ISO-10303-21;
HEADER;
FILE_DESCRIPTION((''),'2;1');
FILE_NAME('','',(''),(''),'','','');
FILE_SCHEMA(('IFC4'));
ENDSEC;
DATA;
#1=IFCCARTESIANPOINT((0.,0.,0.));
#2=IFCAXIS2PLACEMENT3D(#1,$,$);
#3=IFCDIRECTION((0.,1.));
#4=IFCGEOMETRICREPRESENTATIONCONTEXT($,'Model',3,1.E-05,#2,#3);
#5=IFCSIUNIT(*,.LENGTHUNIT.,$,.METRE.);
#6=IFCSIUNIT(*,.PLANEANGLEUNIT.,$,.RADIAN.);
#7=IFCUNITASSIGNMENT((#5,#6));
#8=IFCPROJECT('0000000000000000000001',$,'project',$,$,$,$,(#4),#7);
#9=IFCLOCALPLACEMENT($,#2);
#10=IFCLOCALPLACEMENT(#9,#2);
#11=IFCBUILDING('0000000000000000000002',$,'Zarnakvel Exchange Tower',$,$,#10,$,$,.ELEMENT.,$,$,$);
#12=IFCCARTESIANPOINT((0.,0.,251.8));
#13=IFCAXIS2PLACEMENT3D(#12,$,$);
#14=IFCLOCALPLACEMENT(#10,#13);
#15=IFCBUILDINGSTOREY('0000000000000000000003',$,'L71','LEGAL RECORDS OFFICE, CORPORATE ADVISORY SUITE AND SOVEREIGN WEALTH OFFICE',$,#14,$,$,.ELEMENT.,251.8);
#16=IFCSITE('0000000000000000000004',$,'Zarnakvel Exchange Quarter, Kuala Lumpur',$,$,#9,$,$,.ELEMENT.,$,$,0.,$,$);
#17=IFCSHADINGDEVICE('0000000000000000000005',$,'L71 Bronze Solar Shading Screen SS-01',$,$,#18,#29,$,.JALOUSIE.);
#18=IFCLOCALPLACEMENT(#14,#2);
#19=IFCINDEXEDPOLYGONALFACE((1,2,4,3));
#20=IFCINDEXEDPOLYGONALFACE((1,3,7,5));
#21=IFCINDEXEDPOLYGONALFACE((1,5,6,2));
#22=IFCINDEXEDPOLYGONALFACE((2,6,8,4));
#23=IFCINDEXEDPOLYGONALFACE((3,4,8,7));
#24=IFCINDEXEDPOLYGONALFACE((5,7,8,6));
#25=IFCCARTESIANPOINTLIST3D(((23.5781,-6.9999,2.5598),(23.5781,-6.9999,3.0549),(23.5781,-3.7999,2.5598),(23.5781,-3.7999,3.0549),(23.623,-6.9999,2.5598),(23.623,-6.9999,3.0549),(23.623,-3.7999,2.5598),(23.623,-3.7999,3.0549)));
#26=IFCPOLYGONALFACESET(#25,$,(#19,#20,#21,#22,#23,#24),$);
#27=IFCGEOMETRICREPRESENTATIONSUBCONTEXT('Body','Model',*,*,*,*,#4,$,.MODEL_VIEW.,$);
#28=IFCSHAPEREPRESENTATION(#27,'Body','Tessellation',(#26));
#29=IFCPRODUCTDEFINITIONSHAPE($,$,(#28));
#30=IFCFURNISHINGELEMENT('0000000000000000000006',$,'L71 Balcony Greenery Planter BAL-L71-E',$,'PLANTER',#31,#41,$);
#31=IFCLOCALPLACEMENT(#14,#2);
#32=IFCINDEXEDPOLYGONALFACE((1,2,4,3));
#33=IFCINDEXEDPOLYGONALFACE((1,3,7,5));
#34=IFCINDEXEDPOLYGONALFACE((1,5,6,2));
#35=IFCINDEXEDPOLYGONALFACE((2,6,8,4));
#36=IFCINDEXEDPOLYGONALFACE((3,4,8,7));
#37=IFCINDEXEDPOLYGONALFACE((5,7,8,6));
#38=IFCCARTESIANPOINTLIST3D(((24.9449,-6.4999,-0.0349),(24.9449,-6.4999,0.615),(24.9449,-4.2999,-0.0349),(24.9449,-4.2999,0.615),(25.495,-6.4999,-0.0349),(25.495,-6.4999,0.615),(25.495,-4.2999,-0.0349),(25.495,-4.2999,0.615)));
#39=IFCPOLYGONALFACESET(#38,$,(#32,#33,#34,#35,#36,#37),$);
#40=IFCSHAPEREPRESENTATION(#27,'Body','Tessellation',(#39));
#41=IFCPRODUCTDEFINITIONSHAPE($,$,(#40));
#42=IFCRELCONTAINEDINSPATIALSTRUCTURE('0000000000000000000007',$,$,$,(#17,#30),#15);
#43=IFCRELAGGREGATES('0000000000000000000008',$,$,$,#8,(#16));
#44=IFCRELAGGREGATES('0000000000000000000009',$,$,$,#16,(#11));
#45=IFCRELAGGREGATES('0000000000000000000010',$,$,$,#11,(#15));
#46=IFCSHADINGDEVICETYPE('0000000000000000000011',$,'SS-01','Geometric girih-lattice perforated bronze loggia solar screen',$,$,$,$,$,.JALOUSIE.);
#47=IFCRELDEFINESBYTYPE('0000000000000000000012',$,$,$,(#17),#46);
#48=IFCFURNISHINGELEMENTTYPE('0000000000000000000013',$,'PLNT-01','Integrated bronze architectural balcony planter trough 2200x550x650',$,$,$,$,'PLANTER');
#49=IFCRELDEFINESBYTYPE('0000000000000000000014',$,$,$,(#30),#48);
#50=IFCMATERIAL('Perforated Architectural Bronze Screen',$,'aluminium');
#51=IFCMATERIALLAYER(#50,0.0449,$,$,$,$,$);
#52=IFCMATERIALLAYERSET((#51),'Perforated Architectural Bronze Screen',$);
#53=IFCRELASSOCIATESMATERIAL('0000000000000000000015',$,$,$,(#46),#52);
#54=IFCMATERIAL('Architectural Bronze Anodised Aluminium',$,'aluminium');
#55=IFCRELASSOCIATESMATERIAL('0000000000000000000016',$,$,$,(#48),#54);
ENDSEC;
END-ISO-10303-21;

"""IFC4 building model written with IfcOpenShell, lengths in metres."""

from ifc_helpers import new_model, si_unit, direction, frame, origin, origin_2d, place, context, subcontext, project, spatial, rectangle, extrude, source, transform, mapped, material, layer, layer_set, type_object, element, save


model = new_model("IFC4")

# Units and contexts
model_context = context("Model", 3, precision=1e-05, world=origin(), true_north=direction((0.0, 1.0)))
body_context = subcontext(model_context, "Body", "Model", "MODEL_VIEW")
ifc_project = project(units=[si_unit("LENGTHUNIT", "METRE"), si_unit("PLANEANGLEUNIT", "RADIAN")], contexts=[model_context])

# Site, building, storey
site_placement = place(None, origin())
site = spatial("IfcSite", under=ifc_project, at=site_placement, Name="Zarnakvel Exchange Quarter, Kuala Lumpur", CompositionType="ELEMENT", RefElevation=0.0)
building_placement = place(site_placement, origin())
building = spatial("IfcBuilding", under=site, at=building_placement, Name="Zarnakvel Exchange Tower", CompositionType="ELEMENT")
storey_placement = place(building_placement, frame((0.0, 0.0, 251.8)))
storey = spatial("IfcBuildingStorey", under=building, at=storey_placement, Name="L71", Description="LEGAL RECORDS OFFICE, CORPORATE ADVISORY SUITE AND SOVEREIGN WEALTH OFFICE", CompositionType="ELEMENT", Elevation=251.8)

# Shared definitions
ifc_material_1 = material(Name="Architectural Bronze Anodised Aluminium", Category="aluminium")

# Shading device
ifc_material_2 = material(Name="Perforated Architectural Bronze Screen", Category="aluminium")
ifc_layer_1 = layer(ifc_material_2, 0.0449)
ifc_layer_set_1 = layer_set([ifc_layer_1], Name="Perforated Architectural Bronze Screen")
shading_device_type = type_object("IfcShadingDeviceType", Name="SS-01", Description="Geometric girih-lattice perforated bronze loggia solar screen", PredefinedType="JALOUSIE", material=ifc_layer_set_1)
shared_shape_1 = source(origin(), body_context, "Body", "SweptSolid", [
    extrude(rectangle(XDim=3.2, YDim=0.0449, at=origin_2d()), origin(), (0.0, 0.0, 1.0), 0.4951),
])
shading_device_placement = place(storey_placement, frame((23.6006, -5.3999, 2.5598), z_axis=(0.0, 0.0, 1.0), x_axis=(0.0, -1.0, 0.0)))
element("IfcShadingDevice", 1, at=shading_device_placement, inside=storey, type_object=shading_device_type, Name="L71 Bronze Solar Shading Screen SS-01", PredefinedType="JALOUSIE", context=body_context, shape_type="MappedRepresentation", body=[
    mapped(shared_shape_1, transform((0.0, 0.0, 0.0), x_axis=(1.0, 0.0, 0.0), y_axis=(0.0, 1.0, 0.0), z_axis=(0.0, 0.0, 1.0), scale=1.0)),
])

# Furnishing element
furnishing_element_type = type_object("IfcFurnishingElementType", Name="PLNT-01", Description="Integrated bronze architectural balcony planter trough 2200x550x650", ElementType="PLANTER", material=ifc_material_1)
shared_shape_2 = source(origin(), body_context, "Body", "SweptSolid", [
    extrude(rectangle(XDim=2.2, YDim=0.55, at=origin_2d()), origin(), (0.0, 0.0, 1.0), 0.6499),
])
furnishing_placement = place(storey_placement, frame((25.22, -5.3999, -0.0349), z_axis=(0.0, 0.0, 1.0), x_axis=(0.0, 1.0, 0.0)))
element("IfcFurnishingElement", 2, at=furnishing_placement, inside=storey, type_object=furnishing_element_type, Name="L71 Balcony Greenery Planter BAL-L71-E", ObjectType="PLANTER", context=body_context, shape_type="MappedRepresentation", body=[
    mapped(shared_shape_2, transform((0.0, 0.0, 0.0), x_axis=(1.0, 0.0, 0.0), y_axis=(0.0, 1.0, 0.0), z_axis=(0.0, 0.0, 1.0), scale=1.0)),
])

save(model, "model.ifc")
